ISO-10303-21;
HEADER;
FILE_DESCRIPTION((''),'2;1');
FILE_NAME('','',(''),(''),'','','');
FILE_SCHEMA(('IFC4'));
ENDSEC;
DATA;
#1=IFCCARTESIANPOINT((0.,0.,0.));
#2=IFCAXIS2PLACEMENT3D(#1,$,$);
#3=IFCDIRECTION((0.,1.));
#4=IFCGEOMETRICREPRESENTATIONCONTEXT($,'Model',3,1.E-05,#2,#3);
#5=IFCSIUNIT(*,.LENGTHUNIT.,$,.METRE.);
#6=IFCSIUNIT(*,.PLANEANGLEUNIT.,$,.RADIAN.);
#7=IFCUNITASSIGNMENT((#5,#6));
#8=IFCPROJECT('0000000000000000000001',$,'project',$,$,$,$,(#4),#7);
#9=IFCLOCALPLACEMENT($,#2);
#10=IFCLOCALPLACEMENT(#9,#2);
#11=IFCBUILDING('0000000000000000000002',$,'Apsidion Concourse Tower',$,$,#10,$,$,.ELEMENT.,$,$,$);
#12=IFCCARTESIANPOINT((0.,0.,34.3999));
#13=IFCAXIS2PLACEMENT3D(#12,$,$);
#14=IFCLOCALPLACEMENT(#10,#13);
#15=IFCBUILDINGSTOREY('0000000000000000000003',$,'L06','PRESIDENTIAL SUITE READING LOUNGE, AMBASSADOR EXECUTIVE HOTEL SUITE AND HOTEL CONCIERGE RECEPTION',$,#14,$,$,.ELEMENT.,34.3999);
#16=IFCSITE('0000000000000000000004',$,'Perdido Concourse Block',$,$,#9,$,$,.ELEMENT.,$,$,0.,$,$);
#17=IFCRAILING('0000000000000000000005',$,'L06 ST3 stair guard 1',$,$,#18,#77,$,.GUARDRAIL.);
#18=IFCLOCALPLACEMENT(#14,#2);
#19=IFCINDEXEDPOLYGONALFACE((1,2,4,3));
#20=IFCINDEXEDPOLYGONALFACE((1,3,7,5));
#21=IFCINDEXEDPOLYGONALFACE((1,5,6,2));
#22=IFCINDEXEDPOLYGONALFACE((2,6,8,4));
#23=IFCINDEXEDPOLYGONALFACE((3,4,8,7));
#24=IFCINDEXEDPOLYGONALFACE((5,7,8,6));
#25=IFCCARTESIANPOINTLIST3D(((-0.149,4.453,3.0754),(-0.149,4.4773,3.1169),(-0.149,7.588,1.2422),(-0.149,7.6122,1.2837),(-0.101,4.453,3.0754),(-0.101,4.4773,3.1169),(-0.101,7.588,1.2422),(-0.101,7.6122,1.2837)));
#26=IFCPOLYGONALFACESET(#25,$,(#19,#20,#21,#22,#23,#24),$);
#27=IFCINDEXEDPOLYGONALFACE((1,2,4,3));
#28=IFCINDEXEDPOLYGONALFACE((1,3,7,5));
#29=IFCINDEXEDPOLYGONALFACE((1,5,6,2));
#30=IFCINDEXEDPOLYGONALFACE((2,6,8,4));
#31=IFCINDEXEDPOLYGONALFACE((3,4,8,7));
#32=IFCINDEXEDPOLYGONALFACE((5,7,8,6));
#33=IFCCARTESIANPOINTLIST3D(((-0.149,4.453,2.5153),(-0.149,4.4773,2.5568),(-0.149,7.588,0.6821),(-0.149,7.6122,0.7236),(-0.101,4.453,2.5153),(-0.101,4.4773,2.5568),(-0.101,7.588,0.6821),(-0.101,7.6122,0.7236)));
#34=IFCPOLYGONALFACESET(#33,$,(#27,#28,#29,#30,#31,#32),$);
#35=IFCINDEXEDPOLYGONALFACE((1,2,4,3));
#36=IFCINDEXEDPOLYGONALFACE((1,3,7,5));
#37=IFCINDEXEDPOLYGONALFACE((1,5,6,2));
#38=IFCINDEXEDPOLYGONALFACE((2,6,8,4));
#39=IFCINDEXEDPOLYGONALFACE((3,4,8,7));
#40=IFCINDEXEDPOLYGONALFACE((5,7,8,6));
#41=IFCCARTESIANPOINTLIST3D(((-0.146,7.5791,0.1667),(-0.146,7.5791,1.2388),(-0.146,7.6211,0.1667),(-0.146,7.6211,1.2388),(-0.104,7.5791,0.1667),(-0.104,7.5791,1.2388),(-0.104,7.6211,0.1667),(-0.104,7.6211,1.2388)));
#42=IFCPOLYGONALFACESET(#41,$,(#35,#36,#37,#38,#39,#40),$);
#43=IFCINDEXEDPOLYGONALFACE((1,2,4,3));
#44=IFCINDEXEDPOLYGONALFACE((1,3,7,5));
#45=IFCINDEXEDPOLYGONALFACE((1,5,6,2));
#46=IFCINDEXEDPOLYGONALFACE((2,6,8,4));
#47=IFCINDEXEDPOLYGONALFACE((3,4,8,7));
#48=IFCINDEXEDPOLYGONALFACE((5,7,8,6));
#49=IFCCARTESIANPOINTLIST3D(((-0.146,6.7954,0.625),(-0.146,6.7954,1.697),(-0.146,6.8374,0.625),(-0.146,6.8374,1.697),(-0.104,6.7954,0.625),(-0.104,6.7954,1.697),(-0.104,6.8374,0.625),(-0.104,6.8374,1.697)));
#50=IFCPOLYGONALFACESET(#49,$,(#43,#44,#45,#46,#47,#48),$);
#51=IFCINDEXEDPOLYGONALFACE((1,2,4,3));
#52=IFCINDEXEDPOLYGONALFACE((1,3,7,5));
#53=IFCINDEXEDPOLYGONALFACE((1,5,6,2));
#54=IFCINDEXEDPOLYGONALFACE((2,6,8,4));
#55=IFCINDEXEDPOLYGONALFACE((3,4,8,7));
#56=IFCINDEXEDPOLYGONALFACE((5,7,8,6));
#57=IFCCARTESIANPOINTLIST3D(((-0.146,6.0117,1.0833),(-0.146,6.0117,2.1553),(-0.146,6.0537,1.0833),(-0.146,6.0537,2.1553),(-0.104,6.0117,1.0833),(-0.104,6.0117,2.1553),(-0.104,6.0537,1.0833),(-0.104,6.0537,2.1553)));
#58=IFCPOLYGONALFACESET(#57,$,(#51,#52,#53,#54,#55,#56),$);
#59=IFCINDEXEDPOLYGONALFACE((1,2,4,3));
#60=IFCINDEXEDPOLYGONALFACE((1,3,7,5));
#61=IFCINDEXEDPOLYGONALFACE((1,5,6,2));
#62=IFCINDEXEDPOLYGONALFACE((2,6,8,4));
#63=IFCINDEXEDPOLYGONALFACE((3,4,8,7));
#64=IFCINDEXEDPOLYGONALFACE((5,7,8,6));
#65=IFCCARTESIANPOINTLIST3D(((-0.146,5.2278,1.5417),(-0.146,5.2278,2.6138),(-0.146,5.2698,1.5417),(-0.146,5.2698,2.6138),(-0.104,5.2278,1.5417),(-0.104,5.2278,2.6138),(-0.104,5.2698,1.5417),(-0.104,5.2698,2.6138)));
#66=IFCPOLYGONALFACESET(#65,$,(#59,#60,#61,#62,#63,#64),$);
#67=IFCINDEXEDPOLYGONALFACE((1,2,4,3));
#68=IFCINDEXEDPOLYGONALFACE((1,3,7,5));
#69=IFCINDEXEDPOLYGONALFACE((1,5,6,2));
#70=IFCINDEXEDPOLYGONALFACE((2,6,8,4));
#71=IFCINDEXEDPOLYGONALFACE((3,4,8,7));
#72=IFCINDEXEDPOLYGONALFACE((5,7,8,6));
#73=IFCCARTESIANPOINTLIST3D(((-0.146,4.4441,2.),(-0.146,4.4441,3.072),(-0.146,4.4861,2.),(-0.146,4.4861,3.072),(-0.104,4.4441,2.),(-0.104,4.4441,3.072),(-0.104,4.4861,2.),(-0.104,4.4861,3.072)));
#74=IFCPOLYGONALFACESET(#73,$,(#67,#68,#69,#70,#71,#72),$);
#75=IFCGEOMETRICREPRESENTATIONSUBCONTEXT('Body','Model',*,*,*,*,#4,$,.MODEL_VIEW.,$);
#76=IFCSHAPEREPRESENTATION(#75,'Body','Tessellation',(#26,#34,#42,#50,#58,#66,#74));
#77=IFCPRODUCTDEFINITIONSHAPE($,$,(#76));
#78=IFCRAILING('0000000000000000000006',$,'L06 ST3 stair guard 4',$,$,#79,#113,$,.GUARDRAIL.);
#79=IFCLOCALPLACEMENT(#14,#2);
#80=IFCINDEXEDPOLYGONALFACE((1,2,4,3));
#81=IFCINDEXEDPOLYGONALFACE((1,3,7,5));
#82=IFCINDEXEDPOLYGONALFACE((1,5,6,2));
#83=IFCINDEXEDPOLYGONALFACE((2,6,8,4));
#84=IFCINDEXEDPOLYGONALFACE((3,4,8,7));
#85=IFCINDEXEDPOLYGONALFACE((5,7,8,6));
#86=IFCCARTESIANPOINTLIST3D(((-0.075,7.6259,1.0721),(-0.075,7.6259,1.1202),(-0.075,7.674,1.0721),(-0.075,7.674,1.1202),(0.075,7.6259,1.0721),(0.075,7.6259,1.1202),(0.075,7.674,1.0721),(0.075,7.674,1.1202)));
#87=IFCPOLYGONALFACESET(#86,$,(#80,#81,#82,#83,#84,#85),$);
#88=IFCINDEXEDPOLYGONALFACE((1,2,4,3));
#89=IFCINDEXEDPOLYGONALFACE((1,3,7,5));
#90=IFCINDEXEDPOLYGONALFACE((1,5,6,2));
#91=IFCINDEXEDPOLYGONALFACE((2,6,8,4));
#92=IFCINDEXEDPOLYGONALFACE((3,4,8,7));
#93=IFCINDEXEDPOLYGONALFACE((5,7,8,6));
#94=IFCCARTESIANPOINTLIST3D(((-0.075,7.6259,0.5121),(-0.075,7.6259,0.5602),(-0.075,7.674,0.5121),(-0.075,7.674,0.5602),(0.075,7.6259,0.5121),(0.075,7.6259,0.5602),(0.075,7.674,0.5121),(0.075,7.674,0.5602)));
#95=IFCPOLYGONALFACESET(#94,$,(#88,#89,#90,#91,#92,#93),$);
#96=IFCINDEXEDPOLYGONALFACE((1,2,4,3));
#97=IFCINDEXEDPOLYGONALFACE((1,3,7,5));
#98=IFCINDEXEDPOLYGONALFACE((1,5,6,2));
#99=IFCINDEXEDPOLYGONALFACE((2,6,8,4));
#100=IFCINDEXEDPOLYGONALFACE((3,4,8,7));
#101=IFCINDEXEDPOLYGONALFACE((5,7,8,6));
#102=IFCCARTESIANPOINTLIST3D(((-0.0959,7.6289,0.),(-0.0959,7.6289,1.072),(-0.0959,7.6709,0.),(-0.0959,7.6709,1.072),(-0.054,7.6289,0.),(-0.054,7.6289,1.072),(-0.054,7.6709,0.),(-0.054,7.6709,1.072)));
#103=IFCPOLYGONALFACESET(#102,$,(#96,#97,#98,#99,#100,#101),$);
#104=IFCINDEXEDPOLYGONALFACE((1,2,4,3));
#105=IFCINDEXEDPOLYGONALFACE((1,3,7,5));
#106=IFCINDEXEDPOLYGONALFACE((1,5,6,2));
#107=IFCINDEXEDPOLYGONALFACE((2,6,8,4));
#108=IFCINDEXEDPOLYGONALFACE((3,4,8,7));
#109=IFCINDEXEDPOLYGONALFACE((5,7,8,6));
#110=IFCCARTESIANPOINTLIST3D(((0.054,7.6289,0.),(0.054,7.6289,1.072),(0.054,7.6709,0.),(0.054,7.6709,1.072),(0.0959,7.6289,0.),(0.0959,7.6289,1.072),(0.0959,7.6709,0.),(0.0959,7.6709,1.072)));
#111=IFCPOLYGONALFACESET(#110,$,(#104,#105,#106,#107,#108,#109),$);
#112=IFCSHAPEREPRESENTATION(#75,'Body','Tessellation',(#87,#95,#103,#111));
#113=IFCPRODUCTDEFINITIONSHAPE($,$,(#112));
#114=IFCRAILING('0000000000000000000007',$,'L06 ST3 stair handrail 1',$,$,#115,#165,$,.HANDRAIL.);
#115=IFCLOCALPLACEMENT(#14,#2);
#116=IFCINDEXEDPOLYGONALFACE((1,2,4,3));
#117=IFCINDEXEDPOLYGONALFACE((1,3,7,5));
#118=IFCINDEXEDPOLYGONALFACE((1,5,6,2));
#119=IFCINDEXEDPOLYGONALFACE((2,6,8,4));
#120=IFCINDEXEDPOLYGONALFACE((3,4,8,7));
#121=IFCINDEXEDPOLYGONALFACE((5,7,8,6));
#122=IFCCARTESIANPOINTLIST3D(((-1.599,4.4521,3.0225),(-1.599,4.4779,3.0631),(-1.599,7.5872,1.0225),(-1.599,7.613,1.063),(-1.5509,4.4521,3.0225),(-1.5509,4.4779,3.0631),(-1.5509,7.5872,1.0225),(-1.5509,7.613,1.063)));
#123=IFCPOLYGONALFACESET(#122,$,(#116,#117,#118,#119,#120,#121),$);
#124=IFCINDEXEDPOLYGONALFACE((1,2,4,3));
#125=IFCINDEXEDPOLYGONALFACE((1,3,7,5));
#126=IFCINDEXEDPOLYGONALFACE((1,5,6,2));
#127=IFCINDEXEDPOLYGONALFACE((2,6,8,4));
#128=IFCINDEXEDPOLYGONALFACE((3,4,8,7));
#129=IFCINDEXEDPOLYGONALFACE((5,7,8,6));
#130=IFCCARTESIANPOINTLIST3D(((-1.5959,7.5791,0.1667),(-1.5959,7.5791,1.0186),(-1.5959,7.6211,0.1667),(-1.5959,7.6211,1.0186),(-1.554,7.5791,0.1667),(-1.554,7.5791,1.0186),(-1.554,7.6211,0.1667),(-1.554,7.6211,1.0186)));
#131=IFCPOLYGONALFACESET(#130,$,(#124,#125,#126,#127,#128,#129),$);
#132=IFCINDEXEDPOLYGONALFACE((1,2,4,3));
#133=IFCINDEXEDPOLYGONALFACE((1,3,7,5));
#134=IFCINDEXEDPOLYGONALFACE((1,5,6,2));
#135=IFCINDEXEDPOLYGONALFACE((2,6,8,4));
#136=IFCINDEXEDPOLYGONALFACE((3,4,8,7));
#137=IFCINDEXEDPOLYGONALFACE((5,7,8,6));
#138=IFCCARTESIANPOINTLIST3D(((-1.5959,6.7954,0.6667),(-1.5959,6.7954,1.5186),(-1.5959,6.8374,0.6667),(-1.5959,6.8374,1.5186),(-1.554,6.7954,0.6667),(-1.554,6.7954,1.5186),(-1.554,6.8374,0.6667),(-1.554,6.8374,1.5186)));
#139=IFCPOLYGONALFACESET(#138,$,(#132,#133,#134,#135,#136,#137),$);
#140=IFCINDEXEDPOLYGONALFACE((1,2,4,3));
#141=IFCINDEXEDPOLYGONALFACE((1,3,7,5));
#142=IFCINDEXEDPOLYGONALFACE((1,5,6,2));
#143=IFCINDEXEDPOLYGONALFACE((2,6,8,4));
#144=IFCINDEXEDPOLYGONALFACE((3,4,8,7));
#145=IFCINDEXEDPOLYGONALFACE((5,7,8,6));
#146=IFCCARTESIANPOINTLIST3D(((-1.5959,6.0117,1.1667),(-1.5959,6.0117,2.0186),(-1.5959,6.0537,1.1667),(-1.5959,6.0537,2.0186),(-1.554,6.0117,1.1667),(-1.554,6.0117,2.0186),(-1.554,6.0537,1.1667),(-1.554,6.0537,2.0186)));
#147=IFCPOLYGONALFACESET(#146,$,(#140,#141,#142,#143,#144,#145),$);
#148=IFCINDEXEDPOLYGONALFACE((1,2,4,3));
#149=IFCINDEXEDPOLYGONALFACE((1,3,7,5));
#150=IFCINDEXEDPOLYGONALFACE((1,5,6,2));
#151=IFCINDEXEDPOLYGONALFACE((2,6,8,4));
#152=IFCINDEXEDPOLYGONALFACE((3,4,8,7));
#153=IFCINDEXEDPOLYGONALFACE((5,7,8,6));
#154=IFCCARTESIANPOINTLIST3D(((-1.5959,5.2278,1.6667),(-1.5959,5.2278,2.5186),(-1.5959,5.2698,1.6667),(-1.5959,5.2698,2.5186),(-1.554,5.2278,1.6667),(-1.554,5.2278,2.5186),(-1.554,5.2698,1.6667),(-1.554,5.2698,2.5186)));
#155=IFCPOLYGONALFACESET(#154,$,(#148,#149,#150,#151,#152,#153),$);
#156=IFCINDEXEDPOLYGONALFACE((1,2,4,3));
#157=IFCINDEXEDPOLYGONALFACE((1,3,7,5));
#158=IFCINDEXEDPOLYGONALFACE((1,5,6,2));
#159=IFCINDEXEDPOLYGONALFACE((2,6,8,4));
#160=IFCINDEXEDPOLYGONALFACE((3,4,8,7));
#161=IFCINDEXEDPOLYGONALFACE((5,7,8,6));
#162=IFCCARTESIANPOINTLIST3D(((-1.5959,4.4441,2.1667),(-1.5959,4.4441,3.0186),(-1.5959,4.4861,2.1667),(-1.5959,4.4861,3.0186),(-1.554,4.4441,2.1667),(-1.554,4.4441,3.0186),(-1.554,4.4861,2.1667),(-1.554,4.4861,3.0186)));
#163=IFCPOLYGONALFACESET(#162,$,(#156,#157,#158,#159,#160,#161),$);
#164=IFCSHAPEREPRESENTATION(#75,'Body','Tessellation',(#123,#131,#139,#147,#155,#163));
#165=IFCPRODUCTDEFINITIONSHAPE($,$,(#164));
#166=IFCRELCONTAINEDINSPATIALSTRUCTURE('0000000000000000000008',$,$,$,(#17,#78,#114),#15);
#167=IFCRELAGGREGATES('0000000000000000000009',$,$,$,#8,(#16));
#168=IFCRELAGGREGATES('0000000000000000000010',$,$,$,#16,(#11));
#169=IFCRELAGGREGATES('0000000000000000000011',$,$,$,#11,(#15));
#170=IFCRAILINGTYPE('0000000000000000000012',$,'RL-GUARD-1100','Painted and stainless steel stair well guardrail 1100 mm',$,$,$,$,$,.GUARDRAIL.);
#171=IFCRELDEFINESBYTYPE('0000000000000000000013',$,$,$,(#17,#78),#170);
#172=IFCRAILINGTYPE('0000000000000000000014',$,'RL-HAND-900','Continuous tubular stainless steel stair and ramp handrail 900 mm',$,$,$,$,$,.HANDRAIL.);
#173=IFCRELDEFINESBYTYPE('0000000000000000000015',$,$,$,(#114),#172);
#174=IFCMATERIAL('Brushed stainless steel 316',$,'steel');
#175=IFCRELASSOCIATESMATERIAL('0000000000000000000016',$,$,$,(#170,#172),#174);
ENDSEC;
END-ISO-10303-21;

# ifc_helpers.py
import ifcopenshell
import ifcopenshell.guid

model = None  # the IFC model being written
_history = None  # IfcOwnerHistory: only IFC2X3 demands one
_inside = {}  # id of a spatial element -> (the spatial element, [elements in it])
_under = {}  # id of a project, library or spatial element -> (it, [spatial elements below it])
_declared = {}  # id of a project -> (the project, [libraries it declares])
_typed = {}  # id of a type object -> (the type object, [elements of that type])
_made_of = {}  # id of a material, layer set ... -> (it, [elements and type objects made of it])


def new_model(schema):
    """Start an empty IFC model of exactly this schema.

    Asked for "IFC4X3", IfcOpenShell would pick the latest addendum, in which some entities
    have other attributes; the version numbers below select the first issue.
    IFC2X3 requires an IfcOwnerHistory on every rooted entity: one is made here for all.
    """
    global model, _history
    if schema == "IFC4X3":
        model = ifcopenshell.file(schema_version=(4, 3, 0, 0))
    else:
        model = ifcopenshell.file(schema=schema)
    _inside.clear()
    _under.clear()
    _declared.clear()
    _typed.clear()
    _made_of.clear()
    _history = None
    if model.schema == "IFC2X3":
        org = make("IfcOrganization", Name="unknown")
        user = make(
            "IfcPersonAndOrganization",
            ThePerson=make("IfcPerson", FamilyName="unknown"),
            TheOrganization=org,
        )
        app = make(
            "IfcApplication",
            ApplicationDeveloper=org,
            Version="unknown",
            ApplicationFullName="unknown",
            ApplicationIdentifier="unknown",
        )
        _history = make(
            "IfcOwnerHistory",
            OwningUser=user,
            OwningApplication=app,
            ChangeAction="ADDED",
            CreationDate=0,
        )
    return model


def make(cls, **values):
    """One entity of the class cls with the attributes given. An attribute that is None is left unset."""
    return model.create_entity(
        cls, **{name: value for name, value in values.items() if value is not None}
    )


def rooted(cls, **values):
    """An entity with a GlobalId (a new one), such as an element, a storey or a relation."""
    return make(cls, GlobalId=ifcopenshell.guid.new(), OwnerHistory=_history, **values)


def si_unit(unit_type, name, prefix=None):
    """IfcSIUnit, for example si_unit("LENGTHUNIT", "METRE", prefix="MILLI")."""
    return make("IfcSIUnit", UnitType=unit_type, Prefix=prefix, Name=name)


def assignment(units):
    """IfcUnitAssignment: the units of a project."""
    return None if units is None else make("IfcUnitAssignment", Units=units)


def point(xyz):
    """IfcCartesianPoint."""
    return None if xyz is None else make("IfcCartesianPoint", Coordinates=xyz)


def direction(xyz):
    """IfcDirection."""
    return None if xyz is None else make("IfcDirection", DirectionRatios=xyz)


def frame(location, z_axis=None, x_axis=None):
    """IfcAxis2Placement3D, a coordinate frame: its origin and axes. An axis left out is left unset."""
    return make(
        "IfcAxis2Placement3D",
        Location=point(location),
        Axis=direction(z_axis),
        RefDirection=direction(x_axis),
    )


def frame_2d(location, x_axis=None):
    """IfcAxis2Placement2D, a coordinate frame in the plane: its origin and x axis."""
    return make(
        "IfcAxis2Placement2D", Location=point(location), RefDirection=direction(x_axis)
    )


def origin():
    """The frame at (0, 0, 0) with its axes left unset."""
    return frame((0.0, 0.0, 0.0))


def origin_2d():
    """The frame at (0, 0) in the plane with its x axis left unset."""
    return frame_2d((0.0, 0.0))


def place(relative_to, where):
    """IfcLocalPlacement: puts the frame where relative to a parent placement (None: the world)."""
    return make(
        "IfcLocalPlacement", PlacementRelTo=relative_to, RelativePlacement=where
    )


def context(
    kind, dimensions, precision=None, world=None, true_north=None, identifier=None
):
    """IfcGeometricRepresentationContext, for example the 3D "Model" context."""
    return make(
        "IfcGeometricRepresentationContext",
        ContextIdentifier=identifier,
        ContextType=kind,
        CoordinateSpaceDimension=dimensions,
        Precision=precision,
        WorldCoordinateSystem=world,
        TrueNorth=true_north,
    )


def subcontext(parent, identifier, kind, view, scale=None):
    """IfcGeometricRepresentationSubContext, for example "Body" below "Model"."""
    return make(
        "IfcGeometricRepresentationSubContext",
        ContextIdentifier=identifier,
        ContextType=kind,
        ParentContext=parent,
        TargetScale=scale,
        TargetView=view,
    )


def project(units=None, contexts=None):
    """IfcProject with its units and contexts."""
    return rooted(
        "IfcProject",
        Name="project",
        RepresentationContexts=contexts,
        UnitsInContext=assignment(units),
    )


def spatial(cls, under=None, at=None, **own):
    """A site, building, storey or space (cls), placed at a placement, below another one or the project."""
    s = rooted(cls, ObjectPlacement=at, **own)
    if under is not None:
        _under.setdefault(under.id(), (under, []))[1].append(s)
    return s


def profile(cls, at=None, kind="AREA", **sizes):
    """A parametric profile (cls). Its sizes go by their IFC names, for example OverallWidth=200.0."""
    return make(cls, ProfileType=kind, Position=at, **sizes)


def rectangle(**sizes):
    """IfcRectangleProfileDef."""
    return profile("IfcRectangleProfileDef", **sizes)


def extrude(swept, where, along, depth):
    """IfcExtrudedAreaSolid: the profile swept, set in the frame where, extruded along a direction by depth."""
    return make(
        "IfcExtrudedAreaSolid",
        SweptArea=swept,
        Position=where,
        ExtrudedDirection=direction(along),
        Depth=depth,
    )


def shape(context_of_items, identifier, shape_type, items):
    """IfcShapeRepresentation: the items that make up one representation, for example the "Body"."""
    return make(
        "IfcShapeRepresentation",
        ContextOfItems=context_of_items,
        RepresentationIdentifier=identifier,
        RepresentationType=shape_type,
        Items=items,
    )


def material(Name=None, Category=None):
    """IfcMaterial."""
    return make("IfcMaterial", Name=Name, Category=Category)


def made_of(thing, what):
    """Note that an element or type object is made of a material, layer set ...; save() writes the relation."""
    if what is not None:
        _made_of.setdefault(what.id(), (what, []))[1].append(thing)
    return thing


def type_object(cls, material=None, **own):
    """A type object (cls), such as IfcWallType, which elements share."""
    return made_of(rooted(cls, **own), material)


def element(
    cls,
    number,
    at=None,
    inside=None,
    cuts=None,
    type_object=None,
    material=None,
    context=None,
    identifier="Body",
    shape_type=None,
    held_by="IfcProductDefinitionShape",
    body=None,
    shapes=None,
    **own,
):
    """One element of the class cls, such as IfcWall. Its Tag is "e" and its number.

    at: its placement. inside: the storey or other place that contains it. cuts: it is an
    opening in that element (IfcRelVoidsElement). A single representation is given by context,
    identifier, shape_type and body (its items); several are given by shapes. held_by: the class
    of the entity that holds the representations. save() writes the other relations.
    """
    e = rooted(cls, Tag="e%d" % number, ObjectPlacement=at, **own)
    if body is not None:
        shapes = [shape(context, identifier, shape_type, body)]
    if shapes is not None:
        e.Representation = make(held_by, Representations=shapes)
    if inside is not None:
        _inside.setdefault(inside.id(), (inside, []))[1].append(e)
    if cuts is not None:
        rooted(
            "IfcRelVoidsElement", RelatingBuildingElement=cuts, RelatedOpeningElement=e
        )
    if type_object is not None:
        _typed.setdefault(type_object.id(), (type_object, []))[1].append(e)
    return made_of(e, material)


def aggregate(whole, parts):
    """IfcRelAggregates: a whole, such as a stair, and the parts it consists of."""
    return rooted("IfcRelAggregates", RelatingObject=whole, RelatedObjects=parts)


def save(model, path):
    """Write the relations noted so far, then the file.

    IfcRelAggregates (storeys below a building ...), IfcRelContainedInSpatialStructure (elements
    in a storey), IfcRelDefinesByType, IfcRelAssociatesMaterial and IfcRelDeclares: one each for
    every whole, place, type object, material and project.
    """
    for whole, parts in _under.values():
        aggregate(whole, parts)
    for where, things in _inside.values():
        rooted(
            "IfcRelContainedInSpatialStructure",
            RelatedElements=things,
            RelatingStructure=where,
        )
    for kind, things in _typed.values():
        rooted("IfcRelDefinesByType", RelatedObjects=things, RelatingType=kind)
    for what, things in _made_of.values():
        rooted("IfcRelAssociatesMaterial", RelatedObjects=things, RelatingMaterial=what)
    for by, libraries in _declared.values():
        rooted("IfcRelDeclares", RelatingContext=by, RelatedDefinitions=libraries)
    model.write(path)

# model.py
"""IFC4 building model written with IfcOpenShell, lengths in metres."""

from ifc_helpers import new_model, si_unit, direction, frame, origin, origin_2d, place, context, subcontext, project, spatial, rectangle, extrude, material, type_object, element, save


model = new_model("IFC4")

# Units and contexts
model_context = context("Model", 3, precision=1e-05, world=origin(), true_north=direction((0.0, 1.0)))
body_context = subcontext(model_context, "Body", "Model", "MODEL_VIEW")
ifc_project = project(units=[si_unit("LENGTHUNIT", "METRE"), si_unit("PLANEANGLEUNIT", "RADIAN")], contexts=[model_context])

# Site, building, storey
site_placement = place(None, origin())
site = spatial("IfcSite", under=ifc_project, at=site_placement, Name="Perdido Concourse Block", CompositionType="ELEMENT", RefElevation=0.0)
building_placement = place(site_placement, origin())
building = spatial("IfcBuilding", under=site, at=building_placement, Name="Apsidion Concourse Tower", CompositionType="ELEMENT")
storey_placement = place(building_placement, frame((0.0, 0.0, 34.3999)))
storey = spatial("IfcBuildingStorey", under=building, at=storey_placement, Name="L06", Description="PRESIDENTIAL SUITE READING LOUNGE, AMBASSADOR EXECUTIVE HOTEL SUITE AND HOTEL CONCIERGE RECEPTION", CompositionType="ELEMENT", Elevation=34.3999)

# Shared definitions
ifc_material_1 = material(Name="Brushed stainless steel 316", Category="steel")

# Railings
railing_type_1 = type_object("IfcRailingType", Name="RL-GUARD-1100", Description="Painted and stainless steel stair well guardrail 1100 mm", PredefinedType="GUARDRAIL", material=ifc_material_1)
railing_1_placement = place(storey_placement, frame((-0.125, 7.6001, 0.1667)))
element("IfcRailing", 1, at=railing_1_placement, inside=storey, type_object=railing_type_1, Name="L06 ST3 stair guard 1", PredefinedType="GUARDRAIL", context=body_context, shape_type="SweptSolid", body=[
    extrude(rectangle(XDim=0.0481, YDim=0.0481, at=origin_2d()), frame((0.0, 0.0, 1.0962), z_axis=(0.0, -0.86324, 0.504794), x_axis=(1.0, 0.0, 0.0)), (0.0, 0.0, 1.0), 3.6316),
    extrude(rectangle(XDim=0.0481, YDim=0.0481, at=origin_2d()), frame((0.0, 0.0, 0.5361), z_axis=(0.0, -0.86324, 0.504794), x_axis=(1.0, 0.0, 0.0)), (0.0, 0.0, 1.0), 3.6316),
    extrude(rectangle(XDim=0.042, YDim=0.042, at=origin_2d()), origin(), (0.0, 0.0, 1.0), 1.072),
    extrude(rectangle(XDim=0.042, YDim=0.042, at=origin_2d()), frame((0.0, -0.7837, 0.4583)), (0.0, 0.0, 1.0), 1.072),
    extrude(rectangle(XDim=0.042, YDim=0.042, at=origin_2d()), frame((0.0, -1.5674, 0.9165)), (0.0, 0.0, 1.0), 1.072),
    extrude(rectangle(XDim=0.042, YDim=0.042, at=origin_2d()), frame((0.0, -2.3513, 1.375)), (0.0, 0.0, 1.0), 1.072),
    extrude(rectangle(XDim=0.042, YDim=0.042, at=origin_2d()), frame((0.0, -3.135, 1.8333)), (0.0, 0.0, 1.0), 1.072),
])
railing_2_placement = place(storey_placement, frame((-0.075, 7.6499, 0.0)))
element("IfcRailing", 2, at=railing_2_placement, inside=storey, type_object=railing_type_1, Name="L06 ST3 stair guard 4", PredefinedType="GUARDRAIL", context=body_context, shape_type="SweptSolid", body=[
    extrude(rectangle(XDim=0.0481, YDim=0.0481, at=origin_2d()), frame((0.0, 0.0, 1.0962), z_axis=(1.0, 0.0, 0.0), x_axis=(0.0, 1.0, 0.0)), (0.0, 0.0, 1.0), 0.1499),
    extrude(rectangle(XDim=0.0481, YDim=0.0481, at=origin_2d()), frame((0.0, 0.0, 0.5361), z_axis=(1.0, 0.0, 0.0), x_axis=(0.0, 1.0, 0.0)), (0.0, 0.0, 1.0), 0.1499),
    extrude(rectangle(XDim=0.042, YDim=0.042, at=origin_2d()), origin(), (0.0, 0.0, 1.0), 1.072),
    extrude(rectangle(XDim=0.042, YDim=0.042, at=origin_2d()), frame((0.1499, 0.0, 0.0)), (0.0, 0.0, 1.0), 1.072),
])
railing_type_2 = type_object("IfcRailingType", Name="RL-HAND-900", Description="Continuous tubular stainless steel stair and ramp handrail 900 mm", PredefinedType="HANDRAIL", material=ifc_material_1)
railing_3_placement = place(storey_placement, frame((-1.575, 7.6001, 0.1667)))
element("IfcRailing", 3, at=railing_3_placement, inside=storey, type_object=railing_type_2, Name="L06 ST3 stair handrail 1", PredefinedType="HANDRAIL", context=body_context, shape_type="SweptSolid", body=[
    extrude(rectangle(XDim=0.0481, YDim=0.0481, at=origin_2d()), frame((0.0, 0.0, 0.876), z_axis=(0.0, -0.843053, 0.537831), x_axis=(1.0, 0.0, 0.0)), (0.0, 0.0, 1.0), 3.7188),
    extrude(rectangle(XDim=0.042, YDim=0.042, at=origin_2d()), origin(), (0.0, 0.0, 1.0), 0.8518),
    extrude(rectangle(XDim=0.042, YDim=0.042, at=origin_2d()), frame((0.0, -0.7837, 0.5)), (0.0, 0.0, 1.0), 0.8518),
    extrude(rectangle(XDim=0.042, YDim=0.042, at=origin_2d()), frame((0.0, -1.5674, 1.0)), (0.0, 0.0, 1.0), 0.8518),
    extrude(rectangle(XDim=0.042, YDim=0.042, at=origin_2d()), frame((0.0, -2.3513, 1.5)), (0.0, 0.0, 1.0), 0.8518),
    extrude(rectangle(XDim=0.042, YDim=0.042, at=origin_2d()), frame((0.0, -3.135, 2.0)), (0.0, 0.0, 1.0), 0.8518),
])

save(model, "model.ifc")
